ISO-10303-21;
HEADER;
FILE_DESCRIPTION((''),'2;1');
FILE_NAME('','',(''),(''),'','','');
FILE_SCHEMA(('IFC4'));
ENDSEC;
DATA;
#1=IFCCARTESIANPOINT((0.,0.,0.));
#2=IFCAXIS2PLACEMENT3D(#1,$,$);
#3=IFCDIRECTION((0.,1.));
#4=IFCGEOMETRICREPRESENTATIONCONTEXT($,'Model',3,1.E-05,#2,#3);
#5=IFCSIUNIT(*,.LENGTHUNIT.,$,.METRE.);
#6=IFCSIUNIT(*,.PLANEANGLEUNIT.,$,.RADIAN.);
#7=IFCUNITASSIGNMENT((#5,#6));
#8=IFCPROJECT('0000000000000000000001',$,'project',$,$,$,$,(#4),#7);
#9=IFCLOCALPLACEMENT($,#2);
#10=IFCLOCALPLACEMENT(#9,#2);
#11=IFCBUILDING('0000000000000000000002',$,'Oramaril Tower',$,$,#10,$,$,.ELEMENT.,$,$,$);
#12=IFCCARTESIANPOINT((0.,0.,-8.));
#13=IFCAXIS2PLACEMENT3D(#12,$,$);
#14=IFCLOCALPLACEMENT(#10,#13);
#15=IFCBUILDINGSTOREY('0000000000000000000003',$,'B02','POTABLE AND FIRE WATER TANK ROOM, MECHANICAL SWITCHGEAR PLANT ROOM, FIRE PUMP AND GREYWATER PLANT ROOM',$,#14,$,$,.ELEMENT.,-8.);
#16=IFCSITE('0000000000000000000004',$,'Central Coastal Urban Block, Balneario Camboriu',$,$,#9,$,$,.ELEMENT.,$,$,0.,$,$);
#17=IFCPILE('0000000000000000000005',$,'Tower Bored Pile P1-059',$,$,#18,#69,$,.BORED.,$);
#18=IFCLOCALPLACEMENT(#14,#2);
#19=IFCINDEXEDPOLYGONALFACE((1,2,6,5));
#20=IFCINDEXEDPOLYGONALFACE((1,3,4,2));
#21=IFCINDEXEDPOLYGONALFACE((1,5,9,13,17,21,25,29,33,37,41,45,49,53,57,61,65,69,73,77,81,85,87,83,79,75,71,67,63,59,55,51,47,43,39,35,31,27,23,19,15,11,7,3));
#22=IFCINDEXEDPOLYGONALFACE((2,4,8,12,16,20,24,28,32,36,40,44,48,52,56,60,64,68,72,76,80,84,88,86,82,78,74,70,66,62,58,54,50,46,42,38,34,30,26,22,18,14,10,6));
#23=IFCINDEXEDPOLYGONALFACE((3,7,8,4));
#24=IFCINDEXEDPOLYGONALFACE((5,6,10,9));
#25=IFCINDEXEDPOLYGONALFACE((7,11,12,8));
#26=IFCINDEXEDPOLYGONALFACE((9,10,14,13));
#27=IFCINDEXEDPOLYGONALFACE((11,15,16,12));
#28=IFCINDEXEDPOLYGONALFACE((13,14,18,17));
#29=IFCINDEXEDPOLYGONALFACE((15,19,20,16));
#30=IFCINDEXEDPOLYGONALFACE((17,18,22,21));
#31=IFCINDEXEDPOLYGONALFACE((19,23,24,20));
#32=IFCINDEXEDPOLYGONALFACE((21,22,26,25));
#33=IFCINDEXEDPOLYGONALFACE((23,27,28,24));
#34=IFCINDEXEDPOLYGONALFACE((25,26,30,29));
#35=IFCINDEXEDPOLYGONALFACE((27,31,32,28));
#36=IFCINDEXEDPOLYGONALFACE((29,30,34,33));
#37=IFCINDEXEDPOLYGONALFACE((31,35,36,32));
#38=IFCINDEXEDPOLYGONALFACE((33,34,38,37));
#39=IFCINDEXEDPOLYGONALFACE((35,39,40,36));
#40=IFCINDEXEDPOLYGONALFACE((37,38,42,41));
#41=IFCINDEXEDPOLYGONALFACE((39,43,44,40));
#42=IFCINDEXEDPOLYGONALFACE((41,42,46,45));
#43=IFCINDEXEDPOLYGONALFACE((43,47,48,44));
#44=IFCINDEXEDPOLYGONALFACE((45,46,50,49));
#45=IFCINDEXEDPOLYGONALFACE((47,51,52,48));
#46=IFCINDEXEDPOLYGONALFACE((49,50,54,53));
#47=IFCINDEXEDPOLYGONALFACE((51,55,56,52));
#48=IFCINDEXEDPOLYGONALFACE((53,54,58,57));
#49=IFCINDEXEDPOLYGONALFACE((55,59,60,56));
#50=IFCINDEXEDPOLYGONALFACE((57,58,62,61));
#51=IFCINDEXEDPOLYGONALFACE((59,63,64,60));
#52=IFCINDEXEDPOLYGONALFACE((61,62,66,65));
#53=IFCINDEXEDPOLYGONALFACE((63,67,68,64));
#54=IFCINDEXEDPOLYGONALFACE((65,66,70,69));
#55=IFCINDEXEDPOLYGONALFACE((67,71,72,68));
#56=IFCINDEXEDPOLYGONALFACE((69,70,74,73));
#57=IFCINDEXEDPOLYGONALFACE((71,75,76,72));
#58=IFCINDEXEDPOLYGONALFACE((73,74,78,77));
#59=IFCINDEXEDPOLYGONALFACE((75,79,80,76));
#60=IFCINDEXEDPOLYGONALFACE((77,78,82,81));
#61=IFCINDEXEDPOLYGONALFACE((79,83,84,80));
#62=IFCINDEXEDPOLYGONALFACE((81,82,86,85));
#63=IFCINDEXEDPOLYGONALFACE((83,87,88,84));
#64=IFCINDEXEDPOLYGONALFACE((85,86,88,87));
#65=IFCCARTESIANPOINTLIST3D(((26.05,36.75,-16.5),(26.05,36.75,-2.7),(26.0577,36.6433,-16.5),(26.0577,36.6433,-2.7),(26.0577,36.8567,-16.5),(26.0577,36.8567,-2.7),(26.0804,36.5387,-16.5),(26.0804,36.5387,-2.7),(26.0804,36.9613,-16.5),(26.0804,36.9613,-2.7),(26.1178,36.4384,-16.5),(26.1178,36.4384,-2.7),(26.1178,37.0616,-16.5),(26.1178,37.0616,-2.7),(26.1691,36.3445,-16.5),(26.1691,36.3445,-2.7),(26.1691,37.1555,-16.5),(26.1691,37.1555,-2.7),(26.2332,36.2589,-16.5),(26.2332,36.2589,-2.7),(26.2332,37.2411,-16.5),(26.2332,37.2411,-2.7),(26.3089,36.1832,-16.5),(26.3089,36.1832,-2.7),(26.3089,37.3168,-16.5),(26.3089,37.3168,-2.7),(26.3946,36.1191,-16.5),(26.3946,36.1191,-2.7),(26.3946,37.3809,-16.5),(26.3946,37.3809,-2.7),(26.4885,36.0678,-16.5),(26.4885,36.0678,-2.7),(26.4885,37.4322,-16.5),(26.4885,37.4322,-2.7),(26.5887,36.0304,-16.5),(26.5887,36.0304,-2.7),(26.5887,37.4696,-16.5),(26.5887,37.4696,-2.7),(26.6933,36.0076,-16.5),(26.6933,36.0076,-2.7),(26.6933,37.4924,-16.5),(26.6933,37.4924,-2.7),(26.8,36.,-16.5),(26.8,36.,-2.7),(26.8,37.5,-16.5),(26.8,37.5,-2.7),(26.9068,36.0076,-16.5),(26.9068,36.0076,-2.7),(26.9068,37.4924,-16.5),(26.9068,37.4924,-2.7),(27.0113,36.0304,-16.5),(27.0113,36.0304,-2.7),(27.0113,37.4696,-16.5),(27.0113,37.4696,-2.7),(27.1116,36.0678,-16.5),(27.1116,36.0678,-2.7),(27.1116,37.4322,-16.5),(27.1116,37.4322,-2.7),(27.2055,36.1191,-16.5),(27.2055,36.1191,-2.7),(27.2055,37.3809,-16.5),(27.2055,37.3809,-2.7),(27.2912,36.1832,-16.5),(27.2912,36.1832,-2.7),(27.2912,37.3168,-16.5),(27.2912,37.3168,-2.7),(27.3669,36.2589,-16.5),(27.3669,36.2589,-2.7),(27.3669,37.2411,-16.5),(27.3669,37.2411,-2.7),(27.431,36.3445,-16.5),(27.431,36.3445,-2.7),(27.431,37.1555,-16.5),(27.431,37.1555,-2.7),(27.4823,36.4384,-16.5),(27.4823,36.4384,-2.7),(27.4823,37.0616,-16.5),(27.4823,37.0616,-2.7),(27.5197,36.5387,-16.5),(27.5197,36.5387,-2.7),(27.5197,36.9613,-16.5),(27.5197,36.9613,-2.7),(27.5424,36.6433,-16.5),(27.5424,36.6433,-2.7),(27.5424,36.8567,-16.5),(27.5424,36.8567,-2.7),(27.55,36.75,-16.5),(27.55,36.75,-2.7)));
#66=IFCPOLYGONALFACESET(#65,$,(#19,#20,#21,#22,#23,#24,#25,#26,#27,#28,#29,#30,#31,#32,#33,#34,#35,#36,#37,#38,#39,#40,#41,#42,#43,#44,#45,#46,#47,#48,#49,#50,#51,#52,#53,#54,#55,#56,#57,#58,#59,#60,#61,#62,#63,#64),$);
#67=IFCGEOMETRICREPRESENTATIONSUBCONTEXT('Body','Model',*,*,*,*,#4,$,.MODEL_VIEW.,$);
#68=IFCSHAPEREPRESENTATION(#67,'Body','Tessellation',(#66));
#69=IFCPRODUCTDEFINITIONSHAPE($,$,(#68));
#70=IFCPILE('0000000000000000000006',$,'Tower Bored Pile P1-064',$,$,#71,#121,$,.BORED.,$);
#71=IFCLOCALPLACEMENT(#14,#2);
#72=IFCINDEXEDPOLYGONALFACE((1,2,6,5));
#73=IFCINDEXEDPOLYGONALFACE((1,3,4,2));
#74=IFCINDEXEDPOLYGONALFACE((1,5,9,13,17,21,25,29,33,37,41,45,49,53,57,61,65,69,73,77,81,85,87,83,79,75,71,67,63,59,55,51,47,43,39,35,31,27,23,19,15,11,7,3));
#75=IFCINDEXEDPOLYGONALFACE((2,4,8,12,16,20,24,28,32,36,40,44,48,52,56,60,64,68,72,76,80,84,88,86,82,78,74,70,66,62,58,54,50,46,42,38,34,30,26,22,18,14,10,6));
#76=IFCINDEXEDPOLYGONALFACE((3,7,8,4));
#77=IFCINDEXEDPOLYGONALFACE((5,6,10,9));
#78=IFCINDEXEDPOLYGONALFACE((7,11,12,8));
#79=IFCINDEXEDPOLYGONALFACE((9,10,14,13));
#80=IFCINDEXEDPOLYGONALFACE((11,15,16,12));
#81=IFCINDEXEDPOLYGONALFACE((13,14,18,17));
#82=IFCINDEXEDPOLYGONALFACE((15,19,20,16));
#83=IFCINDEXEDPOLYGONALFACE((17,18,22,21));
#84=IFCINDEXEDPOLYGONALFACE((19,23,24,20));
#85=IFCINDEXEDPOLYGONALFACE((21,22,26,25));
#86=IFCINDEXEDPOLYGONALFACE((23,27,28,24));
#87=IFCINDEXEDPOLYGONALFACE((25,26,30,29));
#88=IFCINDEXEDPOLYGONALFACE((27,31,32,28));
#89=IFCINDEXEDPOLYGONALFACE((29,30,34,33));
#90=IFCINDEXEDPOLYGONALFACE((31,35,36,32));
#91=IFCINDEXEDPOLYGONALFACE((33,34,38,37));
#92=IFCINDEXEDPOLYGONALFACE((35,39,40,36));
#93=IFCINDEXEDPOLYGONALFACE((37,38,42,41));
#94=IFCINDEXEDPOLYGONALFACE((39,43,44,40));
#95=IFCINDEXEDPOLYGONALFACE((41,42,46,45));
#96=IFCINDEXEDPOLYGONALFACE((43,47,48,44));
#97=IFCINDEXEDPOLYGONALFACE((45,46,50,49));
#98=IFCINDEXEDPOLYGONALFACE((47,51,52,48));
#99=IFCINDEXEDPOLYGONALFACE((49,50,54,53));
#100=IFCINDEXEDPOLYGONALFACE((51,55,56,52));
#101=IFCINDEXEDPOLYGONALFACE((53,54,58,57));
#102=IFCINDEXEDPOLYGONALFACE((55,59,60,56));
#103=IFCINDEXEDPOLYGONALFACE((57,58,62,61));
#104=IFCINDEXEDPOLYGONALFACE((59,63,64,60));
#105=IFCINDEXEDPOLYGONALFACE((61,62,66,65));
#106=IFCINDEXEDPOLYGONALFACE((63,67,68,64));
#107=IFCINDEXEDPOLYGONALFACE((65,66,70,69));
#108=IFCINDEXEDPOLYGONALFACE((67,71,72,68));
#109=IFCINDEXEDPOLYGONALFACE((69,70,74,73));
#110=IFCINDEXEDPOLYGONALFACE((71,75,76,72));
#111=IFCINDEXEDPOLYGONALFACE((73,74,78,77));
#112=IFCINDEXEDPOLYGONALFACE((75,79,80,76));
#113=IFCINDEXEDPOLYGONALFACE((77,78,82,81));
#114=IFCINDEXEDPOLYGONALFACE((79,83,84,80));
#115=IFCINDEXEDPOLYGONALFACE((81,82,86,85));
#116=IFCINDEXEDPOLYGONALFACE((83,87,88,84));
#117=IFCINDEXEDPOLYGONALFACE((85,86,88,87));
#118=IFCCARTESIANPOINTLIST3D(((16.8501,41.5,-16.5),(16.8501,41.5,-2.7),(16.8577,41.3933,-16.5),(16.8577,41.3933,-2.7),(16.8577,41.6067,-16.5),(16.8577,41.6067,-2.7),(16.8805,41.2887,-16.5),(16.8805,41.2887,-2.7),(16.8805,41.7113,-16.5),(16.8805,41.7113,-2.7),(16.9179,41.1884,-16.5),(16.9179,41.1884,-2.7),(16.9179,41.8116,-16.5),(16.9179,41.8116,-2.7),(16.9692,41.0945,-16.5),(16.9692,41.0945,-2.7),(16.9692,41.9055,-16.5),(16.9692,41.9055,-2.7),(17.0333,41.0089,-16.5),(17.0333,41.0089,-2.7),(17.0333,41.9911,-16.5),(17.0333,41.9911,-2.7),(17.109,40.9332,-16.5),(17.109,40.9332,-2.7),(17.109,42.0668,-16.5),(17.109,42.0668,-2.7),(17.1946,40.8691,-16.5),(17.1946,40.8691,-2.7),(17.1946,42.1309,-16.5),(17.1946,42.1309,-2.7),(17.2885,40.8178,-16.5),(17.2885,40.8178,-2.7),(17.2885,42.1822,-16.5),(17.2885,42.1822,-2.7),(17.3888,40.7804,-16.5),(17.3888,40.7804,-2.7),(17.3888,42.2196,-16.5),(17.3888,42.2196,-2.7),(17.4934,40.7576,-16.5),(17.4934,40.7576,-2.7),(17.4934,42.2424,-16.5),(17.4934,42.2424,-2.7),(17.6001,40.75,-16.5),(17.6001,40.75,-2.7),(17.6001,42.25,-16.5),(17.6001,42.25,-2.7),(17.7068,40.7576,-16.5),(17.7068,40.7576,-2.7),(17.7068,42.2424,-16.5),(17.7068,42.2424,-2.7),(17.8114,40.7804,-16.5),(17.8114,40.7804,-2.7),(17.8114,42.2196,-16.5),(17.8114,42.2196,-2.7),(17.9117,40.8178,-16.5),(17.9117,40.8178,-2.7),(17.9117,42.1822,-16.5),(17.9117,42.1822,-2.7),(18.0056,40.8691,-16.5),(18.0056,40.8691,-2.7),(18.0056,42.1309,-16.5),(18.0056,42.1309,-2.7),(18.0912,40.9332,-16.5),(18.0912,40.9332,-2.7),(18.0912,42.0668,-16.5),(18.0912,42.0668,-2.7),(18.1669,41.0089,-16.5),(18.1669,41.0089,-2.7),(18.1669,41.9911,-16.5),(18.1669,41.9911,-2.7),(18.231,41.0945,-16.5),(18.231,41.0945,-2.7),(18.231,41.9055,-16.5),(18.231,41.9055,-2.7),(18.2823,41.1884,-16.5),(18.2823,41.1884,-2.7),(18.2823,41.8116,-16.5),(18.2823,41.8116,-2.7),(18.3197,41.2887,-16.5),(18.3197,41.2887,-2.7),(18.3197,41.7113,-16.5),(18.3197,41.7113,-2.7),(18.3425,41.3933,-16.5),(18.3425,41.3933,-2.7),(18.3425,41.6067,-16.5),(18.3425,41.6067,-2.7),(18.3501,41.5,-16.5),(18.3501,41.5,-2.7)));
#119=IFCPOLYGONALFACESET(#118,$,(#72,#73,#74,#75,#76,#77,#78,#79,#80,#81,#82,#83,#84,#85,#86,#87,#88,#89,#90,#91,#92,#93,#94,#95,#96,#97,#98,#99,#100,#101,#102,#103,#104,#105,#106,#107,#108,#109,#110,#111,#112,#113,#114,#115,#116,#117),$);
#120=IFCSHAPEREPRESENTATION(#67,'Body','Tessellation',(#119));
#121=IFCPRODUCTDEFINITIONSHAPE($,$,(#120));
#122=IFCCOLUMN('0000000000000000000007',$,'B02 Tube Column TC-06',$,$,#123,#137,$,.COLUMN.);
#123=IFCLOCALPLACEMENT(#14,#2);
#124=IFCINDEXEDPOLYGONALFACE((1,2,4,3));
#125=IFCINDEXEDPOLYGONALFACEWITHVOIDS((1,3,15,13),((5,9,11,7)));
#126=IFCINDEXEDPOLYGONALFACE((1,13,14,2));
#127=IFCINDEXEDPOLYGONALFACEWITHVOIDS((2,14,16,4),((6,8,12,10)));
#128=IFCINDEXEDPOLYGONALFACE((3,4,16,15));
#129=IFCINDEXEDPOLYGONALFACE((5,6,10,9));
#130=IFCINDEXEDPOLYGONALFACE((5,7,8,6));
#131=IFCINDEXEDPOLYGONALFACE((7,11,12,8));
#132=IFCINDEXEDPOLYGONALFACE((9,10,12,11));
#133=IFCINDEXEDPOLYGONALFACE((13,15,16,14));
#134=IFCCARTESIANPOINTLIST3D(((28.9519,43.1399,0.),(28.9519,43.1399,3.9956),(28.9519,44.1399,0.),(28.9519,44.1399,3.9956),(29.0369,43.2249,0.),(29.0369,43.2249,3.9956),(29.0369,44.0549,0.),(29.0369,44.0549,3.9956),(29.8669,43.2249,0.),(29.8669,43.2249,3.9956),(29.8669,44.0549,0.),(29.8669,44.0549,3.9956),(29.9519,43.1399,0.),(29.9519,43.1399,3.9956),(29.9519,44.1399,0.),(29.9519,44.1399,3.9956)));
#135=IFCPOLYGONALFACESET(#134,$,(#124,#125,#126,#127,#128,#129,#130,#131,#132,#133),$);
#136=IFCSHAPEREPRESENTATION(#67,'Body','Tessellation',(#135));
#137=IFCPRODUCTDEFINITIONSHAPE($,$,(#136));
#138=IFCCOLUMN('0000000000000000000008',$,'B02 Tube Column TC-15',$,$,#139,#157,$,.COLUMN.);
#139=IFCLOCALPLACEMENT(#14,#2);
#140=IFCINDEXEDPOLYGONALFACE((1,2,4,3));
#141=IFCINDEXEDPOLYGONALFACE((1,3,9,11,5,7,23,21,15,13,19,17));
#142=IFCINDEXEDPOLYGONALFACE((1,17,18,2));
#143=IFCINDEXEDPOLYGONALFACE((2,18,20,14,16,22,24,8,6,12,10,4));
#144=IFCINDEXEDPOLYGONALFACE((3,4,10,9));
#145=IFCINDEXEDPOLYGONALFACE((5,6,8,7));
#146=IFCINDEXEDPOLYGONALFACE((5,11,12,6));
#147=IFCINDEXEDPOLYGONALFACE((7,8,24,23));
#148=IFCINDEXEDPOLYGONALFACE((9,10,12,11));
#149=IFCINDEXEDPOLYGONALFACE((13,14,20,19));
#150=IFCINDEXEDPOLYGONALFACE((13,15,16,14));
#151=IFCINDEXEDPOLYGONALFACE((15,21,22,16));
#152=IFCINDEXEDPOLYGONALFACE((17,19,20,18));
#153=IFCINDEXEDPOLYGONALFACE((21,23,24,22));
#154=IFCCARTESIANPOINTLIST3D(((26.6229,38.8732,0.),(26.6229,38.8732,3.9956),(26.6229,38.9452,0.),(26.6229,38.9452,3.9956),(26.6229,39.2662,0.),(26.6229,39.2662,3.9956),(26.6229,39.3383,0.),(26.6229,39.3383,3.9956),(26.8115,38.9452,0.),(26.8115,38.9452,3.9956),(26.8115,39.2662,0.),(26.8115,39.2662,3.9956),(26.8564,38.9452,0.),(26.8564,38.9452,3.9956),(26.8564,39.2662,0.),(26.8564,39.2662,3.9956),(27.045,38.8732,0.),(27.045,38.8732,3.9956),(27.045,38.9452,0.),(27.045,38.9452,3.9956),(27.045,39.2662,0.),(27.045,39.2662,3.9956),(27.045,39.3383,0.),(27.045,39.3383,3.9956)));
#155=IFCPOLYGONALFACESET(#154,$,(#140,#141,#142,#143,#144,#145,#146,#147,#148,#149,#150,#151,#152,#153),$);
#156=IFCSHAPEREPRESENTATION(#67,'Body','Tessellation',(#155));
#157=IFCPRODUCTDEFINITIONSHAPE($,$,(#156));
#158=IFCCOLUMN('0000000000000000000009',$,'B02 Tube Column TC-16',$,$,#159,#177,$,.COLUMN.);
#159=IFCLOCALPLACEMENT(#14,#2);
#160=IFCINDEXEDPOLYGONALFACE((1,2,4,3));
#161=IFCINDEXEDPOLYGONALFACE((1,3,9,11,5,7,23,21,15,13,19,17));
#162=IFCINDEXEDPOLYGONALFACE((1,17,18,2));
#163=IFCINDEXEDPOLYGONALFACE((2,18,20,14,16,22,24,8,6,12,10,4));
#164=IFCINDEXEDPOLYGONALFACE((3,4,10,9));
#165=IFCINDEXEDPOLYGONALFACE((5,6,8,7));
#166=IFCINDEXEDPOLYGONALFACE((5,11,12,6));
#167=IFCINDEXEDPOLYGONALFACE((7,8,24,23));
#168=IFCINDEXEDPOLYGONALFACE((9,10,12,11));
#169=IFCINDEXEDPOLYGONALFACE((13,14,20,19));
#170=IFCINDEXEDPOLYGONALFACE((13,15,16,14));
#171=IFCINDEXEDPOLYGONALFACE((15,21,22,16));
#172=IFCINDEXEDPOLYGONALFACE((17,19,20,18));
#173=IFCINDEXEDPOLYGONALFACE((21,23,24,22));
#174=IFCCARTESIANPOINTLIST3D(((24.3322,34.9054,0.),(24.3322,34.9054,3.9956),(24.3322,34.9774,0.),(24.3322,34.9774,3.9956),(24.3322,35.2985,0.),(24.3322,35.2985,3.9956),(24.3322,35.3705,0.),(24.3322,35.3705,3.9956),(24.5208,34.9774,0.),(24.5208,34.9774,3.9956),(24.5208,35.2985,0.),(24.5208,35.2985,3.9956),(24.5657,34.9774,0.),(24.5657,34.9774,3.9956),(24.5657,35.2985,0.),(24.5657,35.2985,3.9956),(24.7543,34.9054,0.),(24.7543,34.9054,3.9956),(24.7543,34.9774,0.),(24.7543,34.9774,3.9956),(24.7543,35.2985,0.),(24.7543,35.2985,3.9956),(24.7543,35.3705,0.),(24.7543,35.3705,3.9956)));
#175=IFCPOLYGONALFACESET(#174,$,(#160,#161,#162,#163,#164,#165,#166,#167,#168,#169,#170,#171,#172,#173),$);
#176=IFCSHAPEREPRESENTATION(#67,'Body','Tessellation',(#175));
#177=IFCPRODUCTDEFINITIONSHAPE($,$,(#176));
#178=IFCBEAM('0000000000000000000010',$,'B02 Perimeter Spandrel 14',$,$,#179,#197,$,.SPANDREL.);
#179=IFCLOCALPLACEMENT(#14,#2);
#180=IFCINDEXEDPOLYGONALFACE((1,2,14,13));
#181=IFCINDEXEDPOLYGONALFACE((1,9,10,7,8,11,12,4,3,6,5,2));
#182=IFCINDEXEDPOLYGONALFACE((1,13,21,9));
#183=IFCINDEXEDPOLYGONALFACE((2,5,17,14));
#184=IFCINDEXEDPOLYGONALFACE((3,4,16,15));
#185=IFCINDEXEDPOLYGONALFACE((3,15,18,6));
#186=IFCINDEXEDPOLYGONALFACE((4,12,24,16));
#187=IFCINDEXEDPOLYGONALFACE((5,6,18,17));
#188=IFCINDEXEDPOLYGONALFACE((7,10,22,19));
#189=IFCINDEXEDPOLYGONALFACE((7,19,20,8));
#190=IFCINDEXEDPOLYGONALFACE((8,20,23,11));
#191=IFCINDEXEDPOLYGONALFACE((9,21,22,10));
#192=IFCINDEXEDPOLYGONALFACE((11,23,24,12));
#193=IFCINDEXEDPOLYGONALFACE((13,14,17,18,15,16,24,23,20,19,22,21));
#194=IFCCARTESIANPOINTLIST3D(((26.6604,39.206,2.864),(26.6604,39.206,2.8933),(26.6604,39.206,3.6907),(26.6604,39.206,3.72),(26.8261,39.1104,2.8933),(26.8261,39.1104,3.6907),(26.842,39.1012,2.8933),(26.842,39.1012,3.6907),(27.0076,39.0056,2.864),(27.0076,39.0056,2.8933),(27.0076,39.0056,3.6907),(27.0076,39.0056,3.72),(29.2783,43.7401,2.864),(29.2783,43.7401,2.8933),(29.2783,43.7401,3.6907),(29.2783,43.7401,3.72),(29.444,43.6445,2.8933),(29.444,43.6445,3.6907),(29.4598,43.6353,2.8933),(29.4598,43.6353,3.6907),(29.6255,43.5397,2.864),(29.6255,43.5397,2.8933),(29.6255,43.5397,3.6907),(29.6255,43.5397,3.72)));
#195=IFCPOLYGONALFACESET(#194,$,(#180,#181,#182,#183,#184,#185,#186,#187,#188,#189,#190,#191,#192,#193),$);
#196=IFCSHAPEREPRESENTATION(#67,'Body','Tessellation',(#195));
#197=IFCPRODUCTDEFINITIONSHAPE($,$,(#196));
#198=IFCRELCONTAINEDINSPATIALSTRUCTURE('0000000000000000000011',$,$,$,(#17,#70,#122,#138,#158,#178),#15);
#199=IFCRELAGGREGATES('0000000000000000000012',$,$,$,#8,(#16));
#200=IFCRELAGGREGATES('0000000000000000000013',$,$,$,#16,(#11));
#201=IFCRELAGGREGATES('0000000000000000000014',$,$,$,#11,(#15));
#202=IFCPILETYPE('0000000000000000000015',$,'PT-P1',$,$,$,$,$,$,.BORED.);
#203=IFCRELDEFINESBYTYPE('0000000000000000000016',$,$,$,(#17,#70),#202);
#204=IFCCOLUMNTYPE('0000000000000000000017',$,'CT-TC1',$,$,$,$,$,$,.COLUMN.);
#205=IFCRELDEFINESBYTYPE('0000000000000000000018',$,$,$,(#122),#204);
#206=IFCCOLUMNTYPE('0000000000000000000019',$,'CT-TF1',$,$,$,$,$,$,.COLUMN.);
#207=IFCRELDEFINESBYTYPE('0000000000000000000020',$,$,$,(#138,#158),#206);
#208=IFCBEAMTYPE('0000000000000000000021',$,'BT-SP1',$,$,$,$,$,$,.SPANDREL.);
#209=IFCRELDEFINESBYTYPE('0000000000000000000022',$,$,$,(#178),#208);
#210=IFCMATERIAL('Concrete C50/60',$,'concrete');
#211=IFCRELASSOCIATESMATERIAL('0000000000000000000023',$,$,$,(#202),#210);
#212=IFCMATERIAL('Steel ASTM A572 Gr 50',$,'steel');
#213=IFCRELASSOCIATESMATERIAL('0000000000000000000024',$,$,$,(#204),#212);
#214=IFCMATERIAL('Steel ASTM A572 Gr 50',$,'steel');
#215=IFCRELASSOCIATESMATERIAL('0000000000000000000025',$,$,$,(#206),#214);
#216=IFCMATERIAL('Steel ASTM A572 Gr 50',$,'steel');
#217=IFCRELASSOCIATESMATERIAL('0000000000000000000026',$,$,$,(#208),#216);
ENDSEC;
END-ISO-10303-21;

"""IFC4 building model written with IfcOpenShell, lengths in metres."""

from ifc_helpers import new_model, si_unit, direction, frame, origin, origin_2d, place, context, subcontext, project, spatial, hollow_rectangle, circle, i_section, extrude, material, material_profile, profile_set, type_object, element, save


model = new_model("IFC4")

# Units and contexts
model_context = context("Model", 3, precision=1e-05, world=origin(), true_north=direction((0.0, 1.0)))
body_context = subcontext(model_context, "Body", "Model", "MODEL_VIEW")
ifc_project = project(units=[si_unit("LENGTHUNIT", "METRE"), si_unit("PLANEANGLEUNIT", "RADIAN")], contexts=[model_context])

# Site, building, storey
site_placement = place(None, origin())
site = spatial("IfcSite", under=ifc_project, at=site_placement, Name="Central Coastal Urban Block, Balneario Camboriu", CompositionType="ELEMENT", RefElevation=0.0)
building_placement = place(site_placement, origin())
building = spatial("IfcBuilding", under=site, at=building_placement, Name="Oramaril Tower", CompositionType="ELEMENT")
storey_placement = place(building_placement, frame((0.0, 0.0, -8.0)))
storey = spatial("IfcBuildingStorey", under=building, at=storey_placement, Name="B02", Description="POTABLE AND FIRE WATER TANK ROOM, MECHANICAL SWITCHGEAR PLANT ROOM, FIRE PUMP AND GREYWATER PLANT ROOM", CompositionType="ELEMENT", Elevation=-8.0)

# Piles
ifc_material_1 = material(Name="Concrete C50/60", Category="concrete")
ifc_material_profile_1 = material_profile(ifc_material_1, circle(Radius=0.75, at=origin_2d()), Name="D1500")
ifc_profile_set_1 = profile_set([ifc_material_profile_1], Name="Concrete C50/60")
pile_type = type_object("IfcPileType", Name="PT-P1", PredefinedType="BORED", material=ifc_profile_set_1)
for number, where, z_axis, x_axis, name in (
    (1, (26.8, 36.75, -2.7), (0.0, 0.0, -1.0), (1.0, 0.0, 0.0), "Tower Bored Pile P1-059"),
    (2, (17.6001, 41.5, -2.7), (0.0, 0.0, -1.0), (1.0, 0.0, 0.0), "Tower Bored Pile P1-064"),
):
    element("IfcPile", number, at=place(storey_placement, frame(where, z_axis=z_axis, x_axis=x_axis)), inside=storey, type_object=pile_type, Name=name, PredefinedType="BORED", context=body_context, shape_type="SweptSolid", body=[
        extrude(circle(Radius=0.75, at=origin_2d()), origin(), (0.0, 0.0, 1.0), 13.8),
    ])

# Columns
ifc_material_2 = material(Name="Steel ASTM A572 Gr 50", Category="steel")
ifc_material_profile_2 = material_profile(ifc_material_2, hollow_rectangle(XDim=1.0, YDim=1.0, WallThickness=0.085, at=origin_2d()), Name="BOX1000X1000X85")
ifc_profile_set_2 = profile_set([ifc_material_profile_2], Name="Steel ASTM A572 Gr 50")
column_type_1 = type_object("IfcColumnType", Name="CT-TC1", PredefinedType="COLUMN", material=ifc_profile_set_2)
column_placement = place(storey_placement, frame((29.4519, 43.6399, 0.0), z_axis=(0.0, 0.0, 1.0), x_axis=(1.0, 0.0, 0.0)))
element("IfcColumn", 3, at=column_placement, inside=storey, type_object=column_type_1, Name="B02 Tube Column TC-06", PredefinedType="COLUMN", context=body_context, shape_type="SweptSolid", body=[
    extrude(hollow_rectangle(XDim=1.0, YDim=1.0, WallThickness=0.085, at=origin_2d()), origin(), (0.0, 0.0, 1.0), 3.9956),
])
ifc_material_3 = material(Name="Steel ASTM A572 Gr 50", Category="steel")
ifc_material_profile_3 = material_profile(ifc_material_3, i_section(OverallWidth=0.4221, OverallDepth=0.4651, WebThickness=0.0449, FlangeThickness=0.072, at=origin_2d()), Name="W14X398")
ifc_profile_set_3 = profile_set([ifc_material_profile_3], Name="Steel ASTM A572 Gr 50")
column_type_2 = type_object("IfcColumnType", Name="CT-TF1", PredefinedType="COLUMN", material=ifc_profile_set_3)
for number, where, z_axis, x_axis, name in (
    (4, (26.834, 39.1057, 0.0), (0.0, 0.0, 1.0), (1.0, 0.0, 0.0), "B02 Tube Column TC-15"),
    (5, (24.5432, 35.1379, 0.0), (0.0, 0.0, 1.0), (1.0, 0.0, 0.0), "B02 Tube Column TC-16"),
):
    element("IfcColumn", number, at=place(storey_placement, frame(where, z_axis=z_axis, x_axis=x_axis)), inside=storey, type_object=column_type_2, Name=name, PredefinedType="COLUMN", context=body_context, shape_type="SweptSolid", body=[
        extrude(i_section(OverallWidth=0.4221, OverallDepth=0.4651, WebThickness=0.0449, FlangeThickness=0.072, at=origin_2d()), origin(), (0.0, 0.0, 1.0), 3.9956),
    ])

# Beam
ifc_material_4 = material(Name="Steel ASTM A572 Gr 50", Category="steel")
ifc_material_profile_4 = material_profile(ifc_material_4, i_section(OverallWidth=0.4009, OverallDepth=0.856, WebThickness=0.0183, FlangeThickness=0.0293, at=origin_2d()), Name="W33X201")
ifc_profile_set_4 = profile_set([ifc_material_profile_4], Name="Steel ASTM A572 Gr 50")
beam_type_1 = type_object("IfcBeamType", Name="BT-SP1", PredefinedType="SPANDREL", material=ifc_profile_set_4)
beam_1_placement = place(storey_placement, frame((29.4519, 43.6399, 3.292), z_axis=(-0.500016, -0.866016, 0.0), x_axis=(0.866016, -0.500016, 0.0)))
element("IfcBeam", 6, at=beam_1_placement, inside=storey, type_object=beam_type_1, Name="B02 Perimeter Spandrel 14", PredefinedType="SPANDREL", context=body_context, shape_type="SweptSolid", body=[
    extrude(i_section(OverallWidth=0.4009, OverallDepth=0.856, WebThickness=0.0183, FlangeThickness=0.0293, at=origin_2d()), origin(), (0.0, 0.0, 1.0), 5.2356),
])

save(model, "model.ifc")
